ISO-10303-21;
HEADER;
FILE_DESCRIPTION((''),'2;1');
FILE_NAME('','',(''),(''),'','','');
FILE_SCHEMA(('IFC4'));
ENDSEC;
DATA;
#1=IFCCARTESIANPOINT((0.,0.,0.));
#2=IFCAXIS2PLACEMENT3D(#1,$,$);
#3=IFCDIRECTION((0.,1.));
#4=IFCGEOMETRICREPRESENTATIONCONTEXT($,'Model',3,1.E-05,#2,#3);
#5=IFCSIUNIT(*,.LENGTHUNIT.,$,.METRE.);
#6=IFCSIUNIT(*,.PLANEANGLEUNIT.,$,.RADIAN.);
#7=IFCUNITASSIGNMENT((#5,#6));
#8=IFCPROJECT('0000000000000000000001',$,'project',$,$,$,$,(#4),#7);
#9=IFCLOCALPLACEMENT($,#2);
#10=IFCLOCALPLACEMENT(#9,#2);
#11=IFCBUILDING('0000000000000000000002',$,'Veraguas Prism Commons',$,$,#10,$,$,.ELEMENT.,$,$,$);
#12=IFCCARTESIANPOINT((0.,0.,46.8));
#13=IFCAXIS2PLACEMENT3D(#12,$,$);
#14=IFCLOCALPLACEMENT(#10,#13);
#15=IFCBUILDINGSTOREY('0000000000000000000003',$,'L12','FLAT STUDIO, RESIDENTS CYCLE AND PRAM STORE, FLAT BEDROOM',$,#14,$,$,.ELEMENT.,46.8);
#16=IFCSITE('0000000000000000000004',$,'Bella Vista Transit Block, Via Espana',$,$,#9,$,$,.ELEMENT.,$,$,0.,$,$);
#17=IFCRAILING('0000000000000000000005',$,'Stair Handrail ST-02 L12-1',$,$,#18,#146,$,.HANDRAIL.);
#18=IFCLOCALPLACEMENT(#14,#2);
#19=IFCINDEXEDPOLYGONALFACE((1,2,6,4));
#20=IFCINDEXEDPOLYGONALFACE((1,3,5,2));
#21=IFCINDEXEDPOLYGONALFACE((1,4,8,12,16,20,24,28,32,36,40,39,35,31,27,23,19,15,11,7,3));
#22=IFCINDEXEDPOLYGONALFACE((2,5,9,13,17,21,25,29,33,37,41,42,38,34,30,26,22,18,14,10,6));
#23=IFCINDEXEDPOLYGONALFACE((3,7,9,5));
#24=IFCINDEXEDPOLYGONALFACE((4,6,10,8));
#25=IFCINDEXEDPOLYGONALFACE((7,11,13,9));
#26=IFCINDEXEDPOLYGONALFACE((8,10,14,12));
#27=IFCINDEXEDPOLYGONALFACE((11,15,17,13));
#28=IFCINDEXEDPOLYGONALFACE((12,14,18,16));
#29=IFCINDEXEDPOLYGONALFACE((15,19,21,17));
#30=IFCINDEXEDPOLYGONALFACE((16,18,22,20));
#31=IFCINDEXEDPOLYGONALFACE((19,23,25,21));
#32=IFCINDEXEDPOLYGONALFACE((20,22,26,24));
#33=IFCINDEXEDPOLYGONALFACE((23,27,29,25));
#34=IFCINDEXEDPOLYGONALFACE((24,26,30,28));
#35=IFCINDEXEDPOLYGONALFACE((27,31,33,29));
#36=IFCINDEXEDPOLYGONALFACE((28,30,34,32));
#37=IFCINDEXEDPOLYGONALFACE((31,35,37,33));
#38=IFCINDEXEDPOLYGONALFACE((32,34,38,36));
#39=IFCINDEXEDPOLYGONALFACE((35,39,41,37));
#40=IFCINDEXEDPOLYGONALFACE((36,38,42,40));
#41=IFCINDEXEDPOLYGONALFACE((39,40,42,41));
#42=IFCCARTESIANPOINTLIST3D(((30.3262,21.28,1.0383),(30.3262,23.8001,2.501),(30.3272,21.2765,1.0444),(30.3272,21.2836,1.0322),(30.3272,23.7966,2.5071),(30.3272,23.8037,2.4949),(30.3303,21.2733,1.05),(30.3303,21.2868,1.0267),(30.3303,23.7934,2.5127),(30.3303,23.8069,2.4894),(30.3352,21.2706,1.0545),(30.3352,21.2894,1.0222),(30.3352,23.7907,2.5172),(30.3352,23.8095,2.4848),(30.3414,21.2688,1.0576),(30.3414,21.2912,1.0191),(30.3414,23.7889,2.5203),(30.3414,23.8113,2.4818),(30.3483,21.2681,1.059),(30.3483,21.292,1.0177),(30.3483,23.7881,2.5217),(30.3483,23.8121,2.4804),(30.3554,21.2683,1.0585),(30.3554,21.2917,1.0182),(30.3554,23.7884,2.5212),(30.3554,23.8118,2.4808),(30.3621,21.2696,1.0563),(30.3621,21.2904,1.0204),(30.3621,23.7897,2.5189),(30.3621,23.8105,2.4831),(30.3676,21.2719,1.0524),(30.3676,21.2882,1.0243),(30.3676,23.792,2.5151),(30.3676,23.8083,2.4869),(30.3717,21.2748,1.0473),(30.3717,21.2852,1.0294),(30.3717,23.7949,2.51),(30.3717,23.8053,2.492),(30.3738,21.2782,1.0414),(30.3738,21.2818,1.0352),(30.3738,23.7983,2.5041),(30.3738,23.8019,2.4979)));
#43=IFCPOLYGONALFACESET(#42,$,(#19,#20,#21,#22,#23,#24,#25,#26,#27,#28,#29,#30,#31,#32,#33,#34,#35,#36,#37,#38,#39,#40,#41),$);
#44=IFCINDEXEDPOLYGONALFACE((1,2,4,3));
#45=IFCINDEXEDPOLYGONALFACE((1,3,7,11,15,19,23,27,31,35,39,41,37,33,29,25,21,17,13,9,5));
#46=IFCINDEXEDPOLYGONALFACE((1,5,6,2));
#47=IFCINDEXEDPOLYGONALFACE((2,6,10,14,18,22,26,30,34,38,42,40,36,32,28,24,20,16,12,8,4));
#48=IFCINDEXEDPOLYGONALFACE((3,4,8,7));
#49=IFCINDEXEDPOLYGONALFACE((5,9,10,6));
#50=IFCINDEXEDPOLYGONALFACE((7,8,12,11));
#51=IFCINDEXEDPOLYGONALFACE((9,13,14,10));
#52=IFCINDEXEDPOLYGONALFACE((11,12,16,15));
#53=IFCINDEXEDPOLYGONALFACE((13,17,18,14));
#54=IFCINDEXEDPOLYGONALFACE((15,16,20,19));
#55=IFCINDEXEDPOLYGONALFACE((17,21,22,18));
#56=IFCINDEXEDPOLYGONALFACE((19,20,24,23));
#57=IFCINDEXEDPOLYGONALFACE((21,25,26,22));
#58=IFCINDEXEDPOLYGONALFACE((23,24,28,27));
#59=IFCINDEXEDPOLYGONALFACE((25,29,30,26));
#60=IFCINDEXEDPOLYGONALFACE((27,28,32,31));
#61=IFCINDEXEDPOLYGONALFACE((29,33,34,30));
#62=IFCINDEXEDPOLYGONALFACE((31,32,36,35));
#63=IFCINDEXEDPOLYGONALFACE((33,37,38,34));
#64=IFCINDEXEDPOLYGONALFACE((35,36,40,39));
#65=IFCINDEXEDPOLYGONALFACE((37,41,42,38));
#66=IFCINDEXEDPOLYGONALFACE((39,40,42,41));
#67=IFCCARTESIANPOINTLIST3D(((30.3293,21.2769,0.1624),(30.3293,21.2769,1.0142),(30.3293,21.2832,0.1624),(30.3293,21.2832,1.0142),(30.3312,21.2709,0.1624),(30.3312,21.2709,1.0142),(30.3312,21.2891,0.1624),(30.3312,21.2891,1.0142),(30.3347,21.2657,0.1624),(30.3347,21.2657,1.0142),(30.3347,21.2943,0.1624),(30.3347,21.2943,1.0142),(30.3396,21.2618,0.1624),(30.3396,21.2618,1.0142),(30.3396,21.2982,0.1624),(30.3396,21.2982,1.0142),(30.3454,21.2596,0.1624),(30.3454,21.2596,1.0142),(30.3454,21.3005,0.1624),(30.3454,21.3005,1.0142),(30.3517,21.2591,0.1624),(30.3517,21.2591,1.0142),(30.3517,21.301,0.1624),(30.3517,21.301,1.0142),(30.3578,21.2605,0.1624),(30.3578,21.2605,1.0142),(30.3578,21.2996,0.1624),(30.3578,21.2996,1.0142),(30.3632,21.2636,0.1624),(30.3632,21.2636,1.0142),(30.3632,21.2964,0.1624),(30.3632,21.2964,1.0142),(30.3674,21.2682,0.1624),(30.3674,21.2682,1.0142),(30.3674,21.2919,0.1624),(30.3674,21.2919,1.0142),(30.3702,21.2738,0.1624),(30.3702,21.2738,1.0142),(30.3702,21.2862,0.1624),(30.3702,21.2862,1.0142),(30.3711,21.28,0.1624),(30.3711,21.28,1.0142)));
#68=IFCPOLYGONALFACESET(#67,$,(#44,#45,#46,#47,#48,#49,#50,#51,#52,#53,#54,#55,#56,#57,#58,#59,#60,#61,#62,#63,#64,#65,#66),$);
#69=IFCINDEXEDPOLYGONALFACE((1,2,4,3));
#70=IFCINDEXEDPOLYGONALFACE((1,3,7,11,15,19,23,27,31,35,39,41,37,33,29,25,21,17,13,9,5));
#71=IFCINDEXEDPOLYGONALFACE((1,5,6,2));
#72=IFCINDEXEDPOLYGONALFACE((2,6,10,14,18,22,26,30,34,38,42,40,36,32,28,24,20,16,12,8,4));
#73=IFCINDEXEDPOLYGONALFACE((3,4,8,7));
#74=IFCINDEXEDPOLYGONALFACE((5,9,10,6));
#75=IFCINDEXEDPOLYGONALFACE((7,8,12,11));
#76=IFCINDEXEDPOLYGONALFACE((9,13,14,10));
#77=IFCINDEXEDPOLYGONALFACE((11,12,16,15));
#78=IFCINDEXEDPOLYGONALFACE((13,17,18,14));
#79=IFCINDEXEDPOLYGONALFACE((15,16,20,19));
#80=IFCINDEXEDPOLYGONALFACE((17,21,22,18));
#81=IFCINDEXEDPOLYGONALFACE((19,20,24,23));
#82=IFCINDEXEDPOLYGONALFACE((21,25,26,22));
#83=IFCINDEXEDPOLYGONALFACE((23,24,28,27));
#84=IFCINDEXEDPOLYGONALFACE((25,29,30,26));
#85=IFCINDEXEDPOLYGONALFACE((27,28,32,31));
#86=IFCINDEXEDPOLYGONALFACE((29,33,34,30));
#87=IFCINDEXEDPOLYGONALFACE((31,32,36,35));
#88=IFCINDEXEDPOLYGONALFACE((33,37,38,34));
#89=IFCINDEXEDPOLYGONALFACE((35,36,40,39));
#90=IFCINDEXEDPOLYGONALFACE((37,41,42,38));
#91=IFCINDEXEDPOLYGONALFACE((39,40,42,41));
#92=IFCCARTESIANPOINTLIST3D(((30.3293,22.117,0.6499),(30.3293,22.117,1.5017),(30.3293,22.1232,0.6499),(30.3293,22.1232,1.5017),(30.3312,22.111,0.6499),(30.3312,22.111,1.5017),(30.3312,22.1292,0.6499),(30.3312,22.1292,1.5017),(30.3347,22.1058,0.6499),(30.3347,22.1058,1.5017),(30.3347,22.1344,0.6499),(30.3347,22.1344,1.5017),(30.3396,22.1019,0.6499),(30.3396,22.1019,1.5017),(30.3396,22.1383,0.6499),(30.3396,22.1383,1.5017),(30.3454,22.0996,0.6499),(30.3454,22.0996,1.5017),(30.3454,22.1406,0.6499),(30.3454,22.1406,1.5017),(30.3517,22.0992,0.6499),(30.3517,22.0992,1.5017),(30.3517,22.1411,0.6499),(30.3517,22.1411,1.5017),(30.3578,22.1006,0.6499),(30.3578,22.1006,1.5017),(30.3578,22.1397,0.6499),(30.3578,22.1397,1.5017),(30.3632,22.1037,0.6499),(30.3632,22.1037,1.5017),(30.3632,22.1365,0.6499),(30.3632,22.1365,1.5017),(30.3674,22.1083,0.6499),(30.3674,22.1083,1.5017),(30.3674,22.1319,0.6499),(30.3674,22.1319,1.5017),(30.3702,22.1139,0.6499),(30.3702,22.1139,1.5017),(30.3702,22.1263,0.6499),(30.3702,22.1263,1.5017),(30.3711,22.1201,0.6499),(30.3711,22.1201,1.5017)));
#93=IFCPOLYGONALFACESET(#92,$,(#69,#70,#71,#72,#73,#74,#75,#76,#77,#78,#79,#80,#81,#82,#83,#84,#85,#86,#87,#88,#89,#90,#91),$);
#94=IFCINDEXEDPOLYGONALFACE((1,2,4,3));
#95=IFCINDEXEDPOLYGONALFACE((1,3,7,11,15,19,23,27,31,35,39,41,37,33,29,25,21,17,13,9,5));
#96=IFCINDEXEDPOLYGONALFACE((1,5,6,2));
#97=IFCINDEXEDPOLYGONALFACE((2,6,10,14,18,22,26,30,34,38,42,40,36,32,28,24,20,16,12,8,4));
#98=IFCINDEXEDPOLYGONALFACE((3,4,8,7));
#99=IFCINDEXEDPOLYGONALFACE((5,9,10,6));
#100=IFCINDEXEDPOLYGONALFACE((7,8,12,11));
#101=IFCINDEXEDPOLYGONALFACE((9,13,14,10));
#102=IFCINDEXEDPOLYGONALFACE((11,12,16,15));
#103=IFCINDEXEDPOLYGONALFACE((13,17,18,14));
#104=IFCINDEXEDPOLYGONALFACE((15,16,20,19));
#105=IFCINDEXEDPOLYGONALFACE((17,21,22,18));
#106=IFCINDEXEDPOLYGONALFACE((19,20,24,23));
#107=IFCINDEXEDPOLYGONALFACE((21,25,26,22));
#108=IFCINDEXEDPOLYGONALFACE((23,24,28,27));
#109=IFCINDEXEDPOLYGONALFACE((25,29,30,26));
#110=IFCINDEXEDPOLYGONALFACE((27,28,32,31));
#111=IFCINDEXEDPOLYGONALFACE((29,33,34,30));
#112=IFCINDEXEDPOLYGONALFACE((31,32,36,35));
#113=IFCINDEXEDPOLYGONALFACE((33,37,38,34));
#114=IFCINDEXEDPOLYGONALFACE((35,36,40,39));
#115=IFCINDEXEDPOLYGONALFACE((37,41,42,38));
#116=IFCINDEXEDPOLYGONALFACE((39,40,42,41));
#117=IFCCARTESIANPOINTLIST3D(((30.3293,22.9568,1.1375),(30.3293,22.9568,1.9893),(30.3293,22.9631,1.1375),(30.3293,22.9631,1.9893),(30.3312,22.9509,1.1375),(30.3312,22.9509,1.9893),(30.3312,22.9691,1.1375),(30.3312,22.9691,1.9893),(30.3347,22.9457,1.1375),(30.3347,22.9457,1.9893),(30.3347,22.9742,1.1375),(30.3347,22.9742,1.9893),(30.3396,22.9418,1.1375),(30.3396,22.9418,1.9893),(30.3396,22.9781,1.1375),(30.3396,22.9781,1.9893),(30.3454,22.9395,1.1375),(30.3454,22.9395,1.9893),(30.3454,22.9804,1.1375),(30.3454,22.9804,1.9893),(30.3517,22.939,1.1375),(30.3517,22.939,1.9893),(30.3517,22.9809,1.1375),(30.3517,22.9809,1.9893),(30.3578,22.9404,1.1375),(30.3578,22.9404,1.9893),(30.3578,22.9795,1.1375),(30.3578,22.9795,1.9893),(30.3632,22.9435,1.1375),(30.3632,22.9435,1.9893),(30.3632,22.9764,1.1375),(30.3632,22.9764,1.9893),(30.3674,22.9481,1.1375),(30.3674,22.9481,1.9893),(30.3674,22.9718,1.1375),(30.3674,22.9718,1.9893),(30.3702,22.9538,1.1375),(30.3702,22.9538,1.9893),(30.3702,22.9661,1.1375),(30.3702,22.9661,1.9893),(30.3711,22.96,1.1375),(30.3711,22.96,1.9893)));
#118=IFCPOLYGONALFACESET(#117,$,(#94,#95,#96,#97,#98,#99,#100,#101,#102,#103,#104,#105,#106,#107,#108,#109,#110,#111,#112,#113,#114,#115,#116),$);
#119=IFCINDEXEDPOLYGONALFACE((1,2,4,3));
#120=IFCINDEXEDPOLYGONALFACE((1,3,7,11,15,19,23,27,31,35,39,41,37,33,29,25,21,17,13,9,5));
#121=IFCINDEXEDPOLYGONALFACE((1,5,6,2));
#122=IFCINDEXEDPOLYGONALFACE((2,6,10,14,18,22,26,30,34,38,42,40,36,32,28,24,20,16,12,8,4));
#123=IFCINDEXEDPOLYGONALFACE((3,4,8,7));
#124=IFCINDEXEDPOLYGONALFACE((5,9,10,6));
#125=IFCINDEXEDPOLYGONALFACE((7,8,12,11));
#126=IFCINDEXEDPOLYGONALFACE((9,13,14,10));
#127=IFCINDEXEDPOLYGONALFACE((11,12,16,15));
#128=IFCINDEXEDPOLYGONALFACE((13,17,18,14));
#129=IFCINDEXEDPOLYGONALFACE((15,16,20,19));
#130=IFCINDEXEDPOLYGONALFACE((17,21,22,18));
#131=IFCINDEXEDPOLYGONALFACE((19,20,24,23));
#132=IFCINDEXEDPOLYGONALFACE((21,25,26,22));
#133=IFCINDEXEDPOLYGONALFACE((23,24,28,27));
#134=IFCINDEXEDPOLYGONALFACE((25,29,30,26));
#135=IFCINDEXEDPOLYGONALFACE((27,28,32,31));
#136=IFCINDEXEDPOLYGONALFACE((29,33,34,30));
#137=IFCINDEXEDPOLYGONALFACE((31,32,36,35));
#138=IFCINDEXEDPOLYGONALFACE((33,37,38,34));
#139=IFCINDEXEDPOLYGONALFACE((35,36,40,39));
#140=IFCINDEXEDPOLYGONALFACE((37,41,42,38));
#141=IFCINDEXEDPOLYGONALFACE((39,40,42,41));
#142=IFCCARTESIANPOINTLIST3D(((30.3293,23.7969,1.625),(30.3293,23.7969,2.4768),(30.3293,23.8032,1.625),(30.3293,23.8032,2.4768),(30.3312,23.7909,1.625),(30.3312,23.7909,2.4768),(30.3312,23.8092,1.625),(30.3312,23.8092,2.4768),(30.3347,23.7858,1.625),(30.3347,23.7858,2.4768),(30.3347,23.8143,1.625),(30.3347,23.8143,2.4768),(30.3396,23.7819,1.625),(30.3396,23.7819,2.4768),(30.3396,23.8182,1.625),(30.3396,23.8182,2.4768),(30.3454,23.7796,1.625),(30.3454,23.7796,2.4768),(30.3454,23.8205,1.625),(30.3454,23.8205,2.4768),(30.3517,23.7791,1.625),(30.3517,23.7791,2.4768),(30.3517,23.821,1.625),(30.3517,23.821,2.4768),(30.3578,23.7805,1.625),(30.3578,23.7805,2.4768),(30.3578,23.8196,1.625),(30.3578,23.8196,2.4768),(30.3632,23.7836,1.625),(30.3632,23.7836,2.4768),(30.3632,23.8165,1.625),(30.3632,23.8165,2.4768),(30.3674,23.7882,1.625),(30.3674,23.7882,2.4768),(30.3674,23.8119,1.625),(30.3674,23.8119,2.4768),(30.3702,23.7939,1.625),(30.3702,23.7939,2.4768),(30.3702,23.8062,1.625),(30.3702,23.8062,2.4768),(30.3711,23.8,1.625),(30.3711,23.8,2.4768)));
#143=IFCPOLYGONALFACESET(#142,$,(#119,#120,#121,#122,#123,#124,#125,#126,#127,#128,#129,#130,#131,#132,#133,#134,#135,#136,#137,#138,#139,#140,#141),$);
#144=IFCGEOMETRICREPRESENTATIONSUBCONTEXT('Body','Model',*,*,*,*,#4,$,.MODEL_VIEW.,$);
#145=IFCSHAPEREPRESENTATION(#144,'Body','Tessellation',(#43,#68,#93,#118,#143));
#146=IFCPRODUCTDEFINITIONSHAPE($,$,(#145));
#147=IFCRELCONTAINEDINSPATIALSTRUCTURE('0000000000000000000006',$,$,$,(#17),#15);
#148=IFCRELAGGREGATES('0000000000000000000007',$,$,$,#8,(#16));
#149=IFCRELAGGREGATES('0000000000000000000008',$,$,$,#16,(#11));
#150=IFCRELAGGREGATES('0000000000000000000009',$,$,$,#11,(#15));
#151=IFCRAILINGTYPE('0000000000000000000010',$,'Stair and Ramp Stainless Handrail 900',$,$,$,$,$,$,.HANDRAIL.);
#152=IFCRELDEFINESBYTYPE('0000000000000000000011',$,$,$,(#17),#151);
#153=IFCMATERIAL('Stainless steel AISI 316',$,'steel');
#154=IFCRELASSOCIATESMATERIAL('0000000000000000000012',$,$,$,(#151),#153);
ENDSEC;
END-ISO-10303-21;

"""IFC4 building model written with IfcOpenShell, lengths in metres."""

from ifc_helpers import new_model, si_unit, direction, frame, origin, origin_2d, place, context, subcontext, project, spatial, circle, extrude, material, type_object, element, save


model = new_model("IFC4")

# Units and contexts
model_context = context("Model", 3, precision=1e-05, world=origin(), true_north=direction((0.0, 1.0)))
body_context = subcontext(model_context, "Body", "Model", "MODEL_VIEW")
ifc_project = project(units=[si_unit("LENGTHUNIT", "METRE"), si_unit("PLANEANGLEUNIT", "RADIAN")], contexts=[model_context])

# Site, building, storey
site_placement = place(None, origin())
site = spatial("IfcSite", under=ifc_project, at=site_placement, Name="Bella Vista Transit Block, Via Espana", CompositionType="ELEMENT", RefElevation=0.0)
building_placement = place(site_placement, origin())
building = spatial("IfcBuilding", under=site, at=building_placement, Name="Veraguas Prism Commons", CompositionType="ELEMENT")
storey_placement = place(building_placement, frame((0.0, 0.0, 46.8)))
storey = spatial("IfcBuildingStorey", under=building, at=storey_placement, Name="L12", Description="FLAT STUDIO, RESIDENTS CYCLE AND PRAM STORE, FLAT BEDROOM", CompositionType="ELEMENT", Elevation=46.8)

# Shared definitions
ifc_material_1 = material(Name="Stainless steel AISI 316", Category="steel")

# Railing
railing_type_1 = type_object("IfcRailingType", Name="Stair and Ramp Stainless Handrail 900", PredefinedType="HANDRAIL", material=ifc_material_1)
railing_1_placement = place(storey_placement, frame((30.3501, 21.28, 0.1624)))
element("IfcRailing", 1, at=railing_1_placement, inside=storey, type_object=railing_type_1, Name="Stair Handrail ST-02 L12-1", PredefinedType="HANDRAIL", context=body_context, shape_type="SweptSolid", body=[
    extrude(circle(Radius=0.0239, at=origin_2d()), frame((0.0, 0.0, 0.876), z_axis=(0.0, 0.864877, 0.501984), x_axis=(-1.0, 0.0, 0.0)), (0.0, 0.0, 1.0), 2.9138),
    extrude(circle(Radius=0.021, at=origin_2d()), origin(), (0.0, 0.0, 1.0), 0.8518),
    extrude(circle(Radius=0.021, at=origin_2d()), frame((0.0, 0.8401, 0.4875)), (0.0, 0.0, 1.0), 0.8518),
    extrude(circle(Radius=0.021, at=origin_2d()), frame((0.0, 1.6799, 0.9751)), (0.0, 0.0, 1.0), 0.8518),
    extrude(circle(Radius=0.021, at=origin_2d()), frame((0.0, 2.52, 1.4626)), (0.0, 0.0, 1.0), 0.8518),
])

save(model, "model.ifc")
